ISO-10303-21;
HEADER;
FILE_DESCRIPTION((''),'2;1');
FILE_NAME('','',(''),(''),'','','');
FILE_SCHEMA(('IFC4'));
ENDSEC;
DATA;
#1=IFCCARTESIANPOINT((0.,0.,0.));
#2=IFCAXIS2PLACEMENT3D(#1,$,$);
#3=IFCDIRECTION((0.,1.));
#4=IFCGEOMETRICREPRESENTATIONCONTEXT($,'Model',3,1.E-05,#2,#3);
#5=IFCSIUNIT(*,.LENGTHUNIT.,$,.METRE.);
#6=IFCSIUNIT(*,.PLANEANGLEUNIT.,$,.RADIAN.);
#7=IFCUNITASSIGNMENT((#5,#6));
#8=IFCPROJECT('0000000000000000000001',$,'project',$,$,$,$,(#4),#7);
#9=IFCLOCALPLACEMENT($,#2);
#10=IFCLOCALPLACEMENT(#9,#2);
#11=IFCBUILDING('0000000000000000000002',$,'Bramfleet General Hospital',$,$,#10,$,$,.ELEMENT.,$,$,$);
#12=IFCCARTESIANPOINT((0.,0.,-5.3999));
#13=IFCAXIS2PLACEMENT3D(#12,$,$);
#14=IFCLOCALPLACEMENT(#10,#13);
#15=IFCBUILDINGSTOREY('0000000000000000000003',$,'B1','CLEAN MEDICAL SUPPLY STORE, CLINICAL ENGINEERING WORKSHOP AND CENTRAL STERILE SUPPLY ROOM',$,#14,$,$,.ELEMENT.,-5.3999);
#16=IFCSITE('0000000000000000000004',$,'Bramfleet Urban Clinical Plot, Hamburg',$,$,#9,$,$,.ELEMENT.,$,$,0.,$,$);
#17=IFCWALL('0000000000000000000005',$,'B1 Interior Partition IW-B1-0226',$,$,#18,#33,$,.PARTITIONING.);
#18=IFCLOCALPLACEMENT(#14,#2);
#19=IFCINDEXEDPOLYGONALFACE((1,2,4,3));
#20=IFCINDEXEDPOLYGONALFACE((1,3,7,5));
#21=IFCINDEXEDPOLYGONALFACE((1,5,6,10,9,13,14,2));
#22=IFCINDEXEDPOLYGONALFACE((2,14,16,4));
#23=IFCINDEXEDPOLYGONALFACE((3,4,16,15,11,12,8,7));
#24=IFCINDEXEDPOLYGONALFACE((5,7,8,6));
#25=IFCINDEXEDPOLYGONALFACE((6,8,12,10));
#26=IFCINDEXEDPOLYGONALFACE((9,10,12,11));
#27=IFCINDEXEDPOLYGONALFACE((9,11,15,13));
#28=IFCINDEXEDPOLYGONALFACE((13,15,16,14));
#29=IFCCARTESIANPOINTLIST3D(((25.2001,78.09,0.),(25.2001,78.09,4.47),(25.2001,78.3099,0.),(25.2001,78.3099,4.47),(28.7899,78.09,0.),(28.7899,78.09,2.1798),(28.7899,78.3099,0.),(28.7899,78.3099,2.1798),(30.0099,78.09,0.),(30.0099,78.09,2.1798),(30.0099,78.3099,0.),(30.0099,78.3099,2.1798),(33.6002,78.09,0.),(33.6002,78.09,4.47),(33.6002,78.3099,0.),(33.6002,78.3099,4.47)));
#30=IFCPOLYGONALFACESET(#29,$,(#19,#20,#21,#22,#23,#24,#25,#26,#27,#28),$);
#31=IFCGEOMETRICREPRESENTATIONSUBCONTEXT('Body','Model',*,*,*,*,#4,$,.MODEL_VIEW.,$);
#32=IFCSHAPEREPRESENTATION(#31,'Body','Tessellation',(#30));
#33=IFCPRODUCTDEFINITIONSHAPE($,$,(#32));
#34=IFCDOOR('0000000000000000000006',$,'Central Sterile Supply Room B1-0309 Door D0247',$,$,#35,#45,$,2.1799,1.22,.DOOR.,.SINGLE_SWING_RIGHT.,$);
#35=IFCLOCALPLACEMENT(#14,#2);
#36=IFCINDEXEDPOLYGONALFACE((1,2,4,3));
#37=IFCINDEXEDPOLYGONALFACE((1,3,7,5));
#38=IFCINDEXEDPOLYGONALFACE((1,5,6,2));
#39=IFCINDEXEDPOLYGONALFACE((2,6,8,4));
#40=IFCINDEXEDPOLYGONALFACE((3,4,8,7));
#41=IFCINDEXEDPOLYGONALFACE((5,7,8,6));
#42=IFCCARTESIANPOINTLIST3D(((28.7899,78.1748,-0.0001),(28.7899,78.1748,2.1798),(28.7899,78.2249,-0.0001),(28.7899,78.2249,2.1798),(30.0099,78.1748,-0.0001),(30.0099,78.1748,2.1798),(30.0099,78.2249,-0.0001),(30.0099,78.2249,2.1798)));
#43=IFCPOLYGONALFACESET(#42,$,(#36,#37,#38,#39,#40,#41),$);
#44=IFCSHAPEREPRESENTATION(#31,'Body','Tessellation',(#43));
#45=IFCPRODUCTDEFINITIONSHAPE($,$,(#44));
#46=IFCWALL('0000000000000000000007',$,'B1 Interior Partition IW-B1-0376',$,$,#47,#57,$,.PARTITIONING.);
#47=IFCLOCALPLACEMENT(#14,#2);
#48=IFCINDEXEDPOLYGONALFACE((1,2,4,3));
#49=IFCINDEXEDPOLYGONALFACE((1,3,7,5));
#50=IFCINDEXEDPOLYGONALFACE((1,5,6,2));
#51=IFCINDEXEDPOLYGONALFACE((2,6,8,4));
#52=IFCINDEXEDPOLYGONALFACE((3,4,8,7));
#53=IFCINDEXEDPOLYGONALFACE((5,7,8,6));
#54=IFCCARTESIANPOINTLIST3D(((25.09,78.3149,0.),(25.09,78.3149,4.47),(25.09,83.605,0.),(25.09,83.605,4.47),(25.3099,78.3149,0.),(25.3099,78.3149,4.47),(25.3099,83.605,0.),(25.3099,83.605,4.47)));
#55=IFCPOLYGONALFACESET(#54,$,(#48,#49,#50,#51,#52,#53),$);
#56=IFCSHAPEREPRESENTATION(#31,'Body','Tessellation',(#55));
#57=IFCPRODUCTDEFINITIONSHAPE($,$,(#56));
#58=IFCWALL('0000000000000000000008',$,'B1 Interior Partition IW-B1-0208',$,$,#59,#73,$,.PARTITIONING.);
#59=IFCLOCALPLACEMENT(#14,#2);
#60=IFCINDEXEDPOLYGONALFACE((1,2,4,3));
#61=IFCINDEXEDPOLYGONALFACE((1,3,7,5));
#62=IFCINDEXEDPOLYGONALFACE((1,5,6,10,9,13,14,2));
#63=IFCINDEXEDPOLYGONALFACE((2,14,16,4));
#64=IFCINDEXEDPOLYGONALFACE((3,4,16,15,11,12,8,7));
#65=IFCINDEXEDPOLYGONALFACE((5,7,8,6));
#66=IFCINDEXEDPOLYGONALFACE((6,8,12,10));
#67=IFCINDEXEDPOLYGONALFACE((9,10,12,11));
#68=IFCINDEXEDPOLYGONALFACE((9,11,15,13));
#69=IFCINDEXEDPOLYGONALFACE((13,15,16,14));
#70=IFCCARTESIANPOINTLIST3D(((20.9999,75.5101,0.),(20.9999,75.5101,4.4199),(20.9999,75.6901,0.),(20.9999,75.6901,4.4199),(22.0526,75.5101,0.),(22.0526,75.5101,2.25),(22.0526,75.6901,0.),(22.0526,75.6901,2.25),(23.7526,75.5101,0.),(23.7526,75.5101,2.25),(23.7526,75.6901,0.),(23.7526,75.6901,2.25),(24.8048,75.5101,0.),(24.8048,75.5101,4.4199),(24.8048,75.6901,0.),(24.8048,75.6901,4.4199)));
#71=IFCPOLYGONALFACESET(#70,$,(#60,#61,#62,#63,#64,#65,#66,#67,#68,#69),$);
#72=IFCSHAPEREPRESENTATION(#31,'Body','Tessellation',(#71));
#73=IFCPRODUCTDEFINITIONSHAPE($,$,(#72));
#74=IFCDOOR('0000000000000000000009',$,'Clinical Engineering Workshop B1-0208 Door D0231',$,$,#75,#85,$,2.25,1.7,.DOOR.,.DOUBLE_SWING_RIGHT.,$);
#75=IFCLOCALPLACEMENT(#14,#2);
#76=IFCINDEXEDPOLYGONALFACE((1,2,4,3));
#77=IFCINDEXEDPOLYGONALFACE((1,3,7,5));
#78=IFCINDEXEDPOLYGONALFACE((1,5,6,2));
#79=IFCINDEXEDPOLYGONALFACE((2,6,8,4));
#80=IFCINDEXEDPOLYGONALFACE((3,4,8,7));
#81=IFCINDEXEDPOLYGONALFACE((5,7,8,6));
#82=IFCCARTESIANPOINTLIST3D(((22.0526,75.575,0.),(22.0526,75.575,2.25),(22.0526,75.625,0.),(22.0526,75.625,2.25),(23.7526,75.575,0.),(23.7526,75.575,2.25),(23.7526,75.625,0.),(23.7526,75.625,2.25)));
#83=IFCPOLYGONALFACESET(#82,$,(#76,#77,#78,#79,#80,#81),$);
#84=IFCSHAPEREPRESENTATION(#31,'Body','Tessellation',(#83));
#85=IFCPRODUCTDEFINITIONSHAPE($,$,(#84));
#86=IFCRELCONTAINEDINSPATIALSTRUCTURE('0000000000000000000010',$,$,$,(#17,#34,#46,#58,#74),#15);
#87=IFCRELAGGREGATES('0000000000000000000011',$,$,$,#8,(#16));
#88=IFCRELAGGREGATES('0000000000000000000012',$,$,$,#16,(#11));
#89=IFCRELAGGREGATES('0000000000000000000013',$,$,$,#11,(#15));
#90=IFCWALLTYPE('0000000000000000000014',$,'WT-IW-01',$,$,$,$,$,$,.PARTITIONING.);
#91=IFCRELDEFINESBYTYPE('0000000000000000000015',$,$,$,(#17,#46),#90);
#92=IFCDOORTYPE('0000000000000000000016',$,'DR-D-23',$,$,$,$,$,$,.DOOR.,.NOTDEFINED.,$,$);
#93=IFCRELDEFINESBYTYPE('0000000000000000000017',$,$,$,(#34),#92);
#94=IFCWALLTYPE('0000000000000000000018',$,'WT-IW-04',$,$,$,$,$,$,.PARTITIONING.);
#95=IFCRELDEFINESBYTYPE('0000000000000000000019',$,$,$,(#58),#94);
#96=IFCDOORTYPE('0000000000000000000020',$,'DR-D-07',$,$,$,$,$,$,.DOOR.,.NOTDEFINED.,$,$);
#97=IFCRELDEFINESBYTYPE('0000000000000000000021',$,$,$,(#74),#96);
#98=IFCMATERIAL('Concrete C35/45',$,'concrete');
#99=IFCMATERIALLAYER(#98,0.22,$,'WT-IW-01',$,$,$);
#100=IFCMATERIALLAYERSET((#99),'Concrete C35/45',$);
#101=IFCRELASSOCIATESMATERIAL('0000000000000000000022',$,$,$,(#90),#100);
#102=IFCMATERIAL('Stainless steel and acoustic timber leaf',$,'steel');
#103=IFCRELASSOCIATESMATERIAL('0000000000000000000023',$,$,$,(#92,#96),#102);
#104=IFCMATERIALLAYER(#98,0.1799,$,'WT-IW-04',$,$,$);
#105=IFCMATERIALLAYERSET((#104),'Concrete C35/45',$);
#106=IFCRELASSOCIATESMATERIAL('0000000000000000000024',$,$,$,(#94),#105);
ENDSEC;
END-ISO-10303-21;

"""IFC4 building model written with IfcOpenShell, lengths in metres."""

from ifc_helpers import new_model, si_unit, direction, frame, frame_2d, origin, place, context, subcontext, project, spatial, rectangle, extrude, material, layer, layer_set, type_object, element, fill, save


model = new_model("IFC4")

# Units and contexts
model_context = context("Model", 3, precision=1e-05, world=origin(), true_north=direction((0.0, 1.0)))
body_context = subcontext(model_context, "Body", "Model", "MODEL_VIEW")
ifc_project = project(units=[si_unit("LENGTHUNIT", "METRE"), si_unit("PLANEANGLEUNIT", "RADIAN")], contexts=[model_context])

# Site, building, storey
site_placement = place(None, origin())
site = spatial("IfcSite", under=ifc_project, at=site_placement, Name="Bramfleet Urban Clinical Plot, Hamburg", CompositionType="ELEMENT", RefElevation=0.0)
building_placement = place(site_placement, origin())
building = spatial("IfcBuilding", under=site, at=building_placement, Name="Bramfleet General Hospital", CompositionType="ELEMENT")
storey_placement = place(building_placement, frame((0.0, 0.0, -5.3999)))
storey = spatial("IfcBuildingStorey", under=building, at=storey_placement, Name="B1", Description="CLEAN MEDICAL SUPPLY STORE, CLINICAL ENGINEERING WORKSHOP AND CENTRAL STERILE SUPPLY ROOM", CompositionType="ELEMENT", Elevation=-5.3999)

# Shared definitions
ifc_material_1 = material(Name="Concrete C35/45", Category="concrete")

# Wall, opening, door
ifc_layer_1 = layer(ifc_material_1, 0.22, Name="WT-IW-01")
ifc_layer_set_1 = layer_set([ifc_layer_1], Name="Concrete C35/45")
wall_type_1 = type_object("IfcWallType", Name="WT-IW-01", PredefinedType="PARTITIONING", material=ifc_layer_set_1)
wall_1_placement = place(storey_placement, frame((25.2, 78.2, 0.0), z_axis=(0.0, 0.0, 1.0), x_axis=(1.0, 0.0, 0.0)))
wall_1 = element("IfcWall", 1, at=wall_1_placement, inside=storey, type_object=wall_type_1, Name="B1 Interior Partition IW-B1-0226", PredefinedType="PARTITIONING", context=body_context, shape_type="SweptSolid", body=[
    extrude(rectangle(XDim=8.4001, YDim=0.22, at=frame_2d((4.2002, 0.0))), origin(), (0.0, 0.0, 1.0), 4.47),
])
opening_1_placement = place(wall_1_placement, frame((3.5901, 0.0, 0.0)))
opening_1 = element("IfcOpeningElement", 2, at=opening_1_placement, cuts=wall_1, PredefinedType="OPENING", context=body_context, shape_type="SweptSolid", body=[
    extrude(rectangle(XDim=1.22, YDim=2.1799, at=frame_2d((0.6099, 1.0898))), frame((0.0, 0.1199, 0.0), z_axis=(0.0, -1.0, 0.0), x_axis=(1.0, 0.0, 0.0)), (0.0, 0.0, 1.0), 0.24),
])
ifc_material_2 = material(Name="Stainless steel and acoustic timber leaf", Category="steel")
door_type_1 = type_object("IfcDoorType", Name="DR-D-23", OperationType="NOTDEFINED", PredefinedType="DOOR", material=ifc_material_2)
door_1_placement = place(opening_1_placement, origin())
door_1 = element("IfcDoor", 3, at=door_1_placement, inside=storey, type_object=door_type_1, Name="Central Sterile Supply Room B1-0309 Door D0247", OperationType="SINGLE_SWING_RIGHT", OverallHeight=2.1799, OverallWidth=1.22, PredefinedType="DOOR", context=body_context, shape_type="SweptSolid", body=[
    extrude(rectangle(XDim=1.22, YDim=2.1799, at=frame_2d((0.6099, 1.0898))), frame((0.0, 0.0249, 0.0), z_axis=(0.0, -1.0, 0.0), x_axis=(1.0, 0.0, 0.0)), (0.0, 0.0, 1.0), 0.05),
])
fill(opening_1, door_1)

# Wall
wall_2_placement = place(storey_placement, frame((25.2, 78.3149, 0.0), z_axis=(0.0, 0.0, 1.0), x_axis=(0.0, 1.0, 0.0)))
element("IfcWall", 4, at=wall_2_placement, inside=storey, type_object=wall_type_1, Name="B1 Interior Partition IW-B1-0376", PredefinedType="PARTITIONING", context=body_context, shape_type="SweptSolid", body=[
    extrude(rectangle(XDim=5.29, YDim=0.22, at=frame_2d((2.645, 0.0))), origin(), (0.0, 0.0, 1.0), 4.47),
])

# Wall, opening, door
ifc_layer_2 = layer(ifc_material_1, 0.1799, Name="WT-IW-04")
ifc_layer_set_2 = layer_set([ifc_layer_2], Name="Concrete C35/45")
wall_type_2 = type_object("IfcWallType", Name="WT-IW-04", PredefinedType="PARTITIONING", material=ifc_layer_set_2)
wall_3_placement = place(storey_placement, frame((21.0, 75.6001, 0.0), z_axis=(0.0, 0.0, 1.0), x_axis=(1.0, 0.0, 0.0)))
wall_3 = element("IfcWall", 5, at=wall_3_placement, inside=storey, type_object=wall_type_2, Name="B1 Interior Partition IW-B1-0208", PredefinedType="PARTITIONING", context=body_context, shape_type="SweptSolid", body=[
    extrude(rectangle(XDim=3.8049, YDim=0.1799, at=frame_2d((1.9023, 0.0))), origin(), (0.0, 0.0, 1.0), 4.4199),
])
opening_2_placement = place(wall_3_placement, frame((1.0525, 0.0, 0.0)))
opening_2 = element("IfcOpeningElement", 6, at=opening_2_placement, cuts=wall_3, PredefinedType="OPENING", context=body_context, shape_type="SweptSolid", body=[
    extrude(rectangle(XDim=1.7, YDim=2.25, at=frame_2d((0.8501, 1.125))), frame((0.0, 0.0999, 0.0), z_axis=(0.0, -1.0, 0.0), x_axis=(1.0, 0.0, 0.0)), (0.0, 0.0, 1.0), 0.2),
])
door_type_2 = type_object("IfcDoorType", Name="DR-D-07", OperationType="NOTDEFINED", PredefinedType="DOOR", material=ifc_material_2)
door_2_placement = place(opening_2_placement, origin())
door_2 = element("IfcDoor", 7, at=door_2_placement, inside=storey, type_object=door_type_2, Name="Clinical Engineering Workshop B1-0208 Door D0231", OperationType="DOUBLE_SWING_RIGHT", OverallHeight=2.25, OverallWidth=1.7, PredefinedType="DOOR", context=body_context, shape_type="SweptSolid", body=[
    extrude(rectangle(XDim=1.7, YDim=2.25, at=frame_2d((0.8501, 1.125))), frame((0.0, 0.0249, 0.0), z_axis=(0.0, -1.0, 0.0), x_axis=(1.0, 0.0, 0.0)), (0.0, 0.0, 1.0), 0.05),
])
fill(opening_2, door_2)

save(model, "model.ifc")
